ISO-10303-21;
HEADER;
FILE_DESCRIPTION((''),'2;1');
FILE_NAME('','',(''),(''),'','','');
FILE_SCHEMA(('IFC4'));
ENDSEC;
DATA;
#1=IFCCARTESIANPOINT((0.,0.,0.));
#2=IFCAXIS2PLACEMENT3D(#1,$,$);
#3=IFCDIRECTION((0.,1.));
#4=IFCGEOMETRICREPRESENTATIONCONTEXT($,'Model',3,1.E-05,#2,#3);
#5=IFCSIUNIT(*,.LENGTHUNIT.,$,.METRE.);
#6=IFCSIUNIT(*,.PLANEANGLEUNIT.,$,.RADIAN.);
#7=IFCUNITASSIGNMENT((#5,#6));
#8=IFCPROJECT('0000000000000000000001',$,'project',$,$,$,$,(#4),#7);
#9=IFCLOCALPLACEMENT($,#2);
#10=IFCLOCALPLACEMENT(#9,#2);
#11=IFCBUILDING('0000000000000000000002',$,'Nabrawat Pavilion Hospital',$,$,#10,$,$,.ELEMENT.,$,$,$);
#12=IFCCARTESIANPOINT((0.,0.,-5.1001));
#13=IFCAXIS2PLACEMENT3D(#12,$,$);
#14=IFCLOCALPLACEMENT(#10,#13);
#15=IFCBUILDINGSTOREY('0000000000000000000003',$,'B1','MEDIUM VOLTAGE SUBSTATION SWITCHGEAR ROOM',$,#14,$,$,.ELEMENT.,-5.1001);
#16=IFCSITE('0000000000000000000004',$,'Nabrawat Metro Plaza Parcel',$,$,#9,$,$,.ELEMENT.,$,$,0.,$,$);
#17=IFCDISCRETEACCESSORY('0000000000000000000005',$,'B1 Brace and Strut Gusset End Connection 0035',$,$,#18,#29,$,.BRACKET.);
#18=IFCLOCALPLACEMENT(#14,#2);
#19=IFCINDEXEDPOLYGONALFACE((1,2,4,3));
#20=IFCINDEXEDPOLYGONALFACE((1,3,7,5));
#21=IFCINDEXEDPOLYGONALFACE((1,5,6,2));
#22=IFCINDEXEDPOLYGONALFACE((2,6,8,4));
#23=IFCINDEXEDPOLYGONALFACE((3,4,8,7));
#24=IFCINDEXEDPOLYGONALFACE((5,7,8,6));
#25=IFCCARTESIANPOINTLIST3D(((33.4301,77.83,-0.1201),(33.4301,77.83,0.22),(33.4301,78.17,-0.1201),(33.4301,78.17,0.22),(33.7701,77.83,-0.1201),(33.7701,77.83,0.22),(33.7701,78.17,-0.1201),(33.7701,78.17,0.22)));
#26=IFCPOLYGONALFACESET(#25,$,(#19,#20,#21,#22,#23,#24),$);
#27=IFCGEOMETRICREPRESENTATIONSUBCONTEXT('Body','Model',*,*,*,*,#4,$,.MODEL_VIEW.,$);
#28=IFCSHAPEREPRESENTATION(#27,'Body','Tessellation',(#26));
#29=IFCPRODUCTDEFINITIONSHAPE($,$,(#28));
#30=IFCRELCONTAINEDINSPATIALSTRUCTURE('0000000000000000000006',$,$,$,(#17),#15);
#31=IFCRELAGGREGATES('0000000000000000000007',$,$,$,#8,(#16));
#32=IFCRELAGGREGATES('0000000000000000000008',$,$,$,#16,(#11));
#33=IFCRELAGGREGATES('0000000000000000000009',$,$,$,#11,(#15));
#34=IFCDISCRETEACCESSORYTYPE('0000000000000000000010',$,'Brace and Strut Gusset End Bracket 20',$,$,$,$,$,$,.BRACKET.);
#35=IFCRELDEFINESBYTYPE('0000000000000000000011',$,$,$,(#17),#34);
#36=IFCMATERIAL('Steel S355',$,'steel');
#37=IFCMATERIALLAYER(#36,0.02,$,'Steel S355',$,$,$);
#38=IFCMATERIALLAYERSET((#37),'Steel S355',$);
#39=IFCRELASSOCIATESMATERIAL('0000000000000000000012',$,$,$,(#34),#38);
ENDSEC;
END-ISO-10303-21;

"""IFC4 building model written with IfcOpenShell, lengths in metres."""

from ifc_helpers import new_model, si_unit, direction, frame, origin, origin_2d, place, context, subcontext, project, spatial, rectangle, extrude, material, layer, layer_set, type_object, element, save


model = new_model("IFC4")

# Units and contexts
model_context = context("Model", 3, precision=1e-05, world=origin(), true_north=direction((0.0, 1.0)))
body_context = subcontext(model_context, "Body", "Model", "MODEL_VIEW")
ifc_project = project(units=[si_unit("LENGTHUNIT", "METRE"), si_unit("PLANEANGLEUNIT", "RADIAN")], contexts=[model_context])

# Site, building, storey
site_placement = place(None, origin())
site = spatial("IfcSite", under=ifc_project, at=site_placement, Name="Nabrawat Metro Plaza Parcel", CompositionType="ELEMENT", RefElevation=0.0)
building_placement = place(site_placement, origin())
building = spatial("IfcBuilding", under=site, at=building_placement, Name="Nabrawat Pavilion Hospital", CompositionType="ELEMENT")
storey_placement = place(building_placement, frame((0.0, 0.0, -5.1001)))
storey = spatial("IfcBuildingStorey", under=building, at=storey_placement, Name="B1", Description="MEDIUM VOLTAGE SUBSTATION SWITCHGEAR ROOM", CompositionType="ELEMENT", Elevation=-5.1001)

# Shared definitions
ifc_material_1 = material(Name="Steel S355", Category="steel")

# Discrete accessory
ifc_layer_1 = layer(ifc_material_1, 0.02, Name="Steel S355")
ifc_layer_set_1 = layer_set([ifc_layer_1], Name="Steel S355")
discrete_accessory_type = type_object("IfcDiscreteAccessoryType", Name="Brace and Strut Gusset End Bracket 20", PredefinedType="BRACKET", material=ifc_layer_set_1)
for number, where, z_axis, x_axis, name in (
    (1, (33.6001, 78.0, -0.1201), (0.0, 0.0, 1.0), (1.0, 0.0, 0.0), "B1 Brace and Strut Gusset End Connection 0035"),
):
    element("IfcDiscreteAccessory", number, at=place(storey_placement, frame(where, z_axis=z_axis, x_axis=x_axis)), inside=storey, type_object=discrete_accessory_type, Name=name, PredefinedType="BRACKET", context=body_context, shape_type="SweptSolid", body=[
        extrude(rectangle(XDim=0.3401, YDim=0.3401, at=origin_2d()), origin(), (0.0, 0.0, 1.0), 0.3401),
    ])

save(model, "model.ifc")
